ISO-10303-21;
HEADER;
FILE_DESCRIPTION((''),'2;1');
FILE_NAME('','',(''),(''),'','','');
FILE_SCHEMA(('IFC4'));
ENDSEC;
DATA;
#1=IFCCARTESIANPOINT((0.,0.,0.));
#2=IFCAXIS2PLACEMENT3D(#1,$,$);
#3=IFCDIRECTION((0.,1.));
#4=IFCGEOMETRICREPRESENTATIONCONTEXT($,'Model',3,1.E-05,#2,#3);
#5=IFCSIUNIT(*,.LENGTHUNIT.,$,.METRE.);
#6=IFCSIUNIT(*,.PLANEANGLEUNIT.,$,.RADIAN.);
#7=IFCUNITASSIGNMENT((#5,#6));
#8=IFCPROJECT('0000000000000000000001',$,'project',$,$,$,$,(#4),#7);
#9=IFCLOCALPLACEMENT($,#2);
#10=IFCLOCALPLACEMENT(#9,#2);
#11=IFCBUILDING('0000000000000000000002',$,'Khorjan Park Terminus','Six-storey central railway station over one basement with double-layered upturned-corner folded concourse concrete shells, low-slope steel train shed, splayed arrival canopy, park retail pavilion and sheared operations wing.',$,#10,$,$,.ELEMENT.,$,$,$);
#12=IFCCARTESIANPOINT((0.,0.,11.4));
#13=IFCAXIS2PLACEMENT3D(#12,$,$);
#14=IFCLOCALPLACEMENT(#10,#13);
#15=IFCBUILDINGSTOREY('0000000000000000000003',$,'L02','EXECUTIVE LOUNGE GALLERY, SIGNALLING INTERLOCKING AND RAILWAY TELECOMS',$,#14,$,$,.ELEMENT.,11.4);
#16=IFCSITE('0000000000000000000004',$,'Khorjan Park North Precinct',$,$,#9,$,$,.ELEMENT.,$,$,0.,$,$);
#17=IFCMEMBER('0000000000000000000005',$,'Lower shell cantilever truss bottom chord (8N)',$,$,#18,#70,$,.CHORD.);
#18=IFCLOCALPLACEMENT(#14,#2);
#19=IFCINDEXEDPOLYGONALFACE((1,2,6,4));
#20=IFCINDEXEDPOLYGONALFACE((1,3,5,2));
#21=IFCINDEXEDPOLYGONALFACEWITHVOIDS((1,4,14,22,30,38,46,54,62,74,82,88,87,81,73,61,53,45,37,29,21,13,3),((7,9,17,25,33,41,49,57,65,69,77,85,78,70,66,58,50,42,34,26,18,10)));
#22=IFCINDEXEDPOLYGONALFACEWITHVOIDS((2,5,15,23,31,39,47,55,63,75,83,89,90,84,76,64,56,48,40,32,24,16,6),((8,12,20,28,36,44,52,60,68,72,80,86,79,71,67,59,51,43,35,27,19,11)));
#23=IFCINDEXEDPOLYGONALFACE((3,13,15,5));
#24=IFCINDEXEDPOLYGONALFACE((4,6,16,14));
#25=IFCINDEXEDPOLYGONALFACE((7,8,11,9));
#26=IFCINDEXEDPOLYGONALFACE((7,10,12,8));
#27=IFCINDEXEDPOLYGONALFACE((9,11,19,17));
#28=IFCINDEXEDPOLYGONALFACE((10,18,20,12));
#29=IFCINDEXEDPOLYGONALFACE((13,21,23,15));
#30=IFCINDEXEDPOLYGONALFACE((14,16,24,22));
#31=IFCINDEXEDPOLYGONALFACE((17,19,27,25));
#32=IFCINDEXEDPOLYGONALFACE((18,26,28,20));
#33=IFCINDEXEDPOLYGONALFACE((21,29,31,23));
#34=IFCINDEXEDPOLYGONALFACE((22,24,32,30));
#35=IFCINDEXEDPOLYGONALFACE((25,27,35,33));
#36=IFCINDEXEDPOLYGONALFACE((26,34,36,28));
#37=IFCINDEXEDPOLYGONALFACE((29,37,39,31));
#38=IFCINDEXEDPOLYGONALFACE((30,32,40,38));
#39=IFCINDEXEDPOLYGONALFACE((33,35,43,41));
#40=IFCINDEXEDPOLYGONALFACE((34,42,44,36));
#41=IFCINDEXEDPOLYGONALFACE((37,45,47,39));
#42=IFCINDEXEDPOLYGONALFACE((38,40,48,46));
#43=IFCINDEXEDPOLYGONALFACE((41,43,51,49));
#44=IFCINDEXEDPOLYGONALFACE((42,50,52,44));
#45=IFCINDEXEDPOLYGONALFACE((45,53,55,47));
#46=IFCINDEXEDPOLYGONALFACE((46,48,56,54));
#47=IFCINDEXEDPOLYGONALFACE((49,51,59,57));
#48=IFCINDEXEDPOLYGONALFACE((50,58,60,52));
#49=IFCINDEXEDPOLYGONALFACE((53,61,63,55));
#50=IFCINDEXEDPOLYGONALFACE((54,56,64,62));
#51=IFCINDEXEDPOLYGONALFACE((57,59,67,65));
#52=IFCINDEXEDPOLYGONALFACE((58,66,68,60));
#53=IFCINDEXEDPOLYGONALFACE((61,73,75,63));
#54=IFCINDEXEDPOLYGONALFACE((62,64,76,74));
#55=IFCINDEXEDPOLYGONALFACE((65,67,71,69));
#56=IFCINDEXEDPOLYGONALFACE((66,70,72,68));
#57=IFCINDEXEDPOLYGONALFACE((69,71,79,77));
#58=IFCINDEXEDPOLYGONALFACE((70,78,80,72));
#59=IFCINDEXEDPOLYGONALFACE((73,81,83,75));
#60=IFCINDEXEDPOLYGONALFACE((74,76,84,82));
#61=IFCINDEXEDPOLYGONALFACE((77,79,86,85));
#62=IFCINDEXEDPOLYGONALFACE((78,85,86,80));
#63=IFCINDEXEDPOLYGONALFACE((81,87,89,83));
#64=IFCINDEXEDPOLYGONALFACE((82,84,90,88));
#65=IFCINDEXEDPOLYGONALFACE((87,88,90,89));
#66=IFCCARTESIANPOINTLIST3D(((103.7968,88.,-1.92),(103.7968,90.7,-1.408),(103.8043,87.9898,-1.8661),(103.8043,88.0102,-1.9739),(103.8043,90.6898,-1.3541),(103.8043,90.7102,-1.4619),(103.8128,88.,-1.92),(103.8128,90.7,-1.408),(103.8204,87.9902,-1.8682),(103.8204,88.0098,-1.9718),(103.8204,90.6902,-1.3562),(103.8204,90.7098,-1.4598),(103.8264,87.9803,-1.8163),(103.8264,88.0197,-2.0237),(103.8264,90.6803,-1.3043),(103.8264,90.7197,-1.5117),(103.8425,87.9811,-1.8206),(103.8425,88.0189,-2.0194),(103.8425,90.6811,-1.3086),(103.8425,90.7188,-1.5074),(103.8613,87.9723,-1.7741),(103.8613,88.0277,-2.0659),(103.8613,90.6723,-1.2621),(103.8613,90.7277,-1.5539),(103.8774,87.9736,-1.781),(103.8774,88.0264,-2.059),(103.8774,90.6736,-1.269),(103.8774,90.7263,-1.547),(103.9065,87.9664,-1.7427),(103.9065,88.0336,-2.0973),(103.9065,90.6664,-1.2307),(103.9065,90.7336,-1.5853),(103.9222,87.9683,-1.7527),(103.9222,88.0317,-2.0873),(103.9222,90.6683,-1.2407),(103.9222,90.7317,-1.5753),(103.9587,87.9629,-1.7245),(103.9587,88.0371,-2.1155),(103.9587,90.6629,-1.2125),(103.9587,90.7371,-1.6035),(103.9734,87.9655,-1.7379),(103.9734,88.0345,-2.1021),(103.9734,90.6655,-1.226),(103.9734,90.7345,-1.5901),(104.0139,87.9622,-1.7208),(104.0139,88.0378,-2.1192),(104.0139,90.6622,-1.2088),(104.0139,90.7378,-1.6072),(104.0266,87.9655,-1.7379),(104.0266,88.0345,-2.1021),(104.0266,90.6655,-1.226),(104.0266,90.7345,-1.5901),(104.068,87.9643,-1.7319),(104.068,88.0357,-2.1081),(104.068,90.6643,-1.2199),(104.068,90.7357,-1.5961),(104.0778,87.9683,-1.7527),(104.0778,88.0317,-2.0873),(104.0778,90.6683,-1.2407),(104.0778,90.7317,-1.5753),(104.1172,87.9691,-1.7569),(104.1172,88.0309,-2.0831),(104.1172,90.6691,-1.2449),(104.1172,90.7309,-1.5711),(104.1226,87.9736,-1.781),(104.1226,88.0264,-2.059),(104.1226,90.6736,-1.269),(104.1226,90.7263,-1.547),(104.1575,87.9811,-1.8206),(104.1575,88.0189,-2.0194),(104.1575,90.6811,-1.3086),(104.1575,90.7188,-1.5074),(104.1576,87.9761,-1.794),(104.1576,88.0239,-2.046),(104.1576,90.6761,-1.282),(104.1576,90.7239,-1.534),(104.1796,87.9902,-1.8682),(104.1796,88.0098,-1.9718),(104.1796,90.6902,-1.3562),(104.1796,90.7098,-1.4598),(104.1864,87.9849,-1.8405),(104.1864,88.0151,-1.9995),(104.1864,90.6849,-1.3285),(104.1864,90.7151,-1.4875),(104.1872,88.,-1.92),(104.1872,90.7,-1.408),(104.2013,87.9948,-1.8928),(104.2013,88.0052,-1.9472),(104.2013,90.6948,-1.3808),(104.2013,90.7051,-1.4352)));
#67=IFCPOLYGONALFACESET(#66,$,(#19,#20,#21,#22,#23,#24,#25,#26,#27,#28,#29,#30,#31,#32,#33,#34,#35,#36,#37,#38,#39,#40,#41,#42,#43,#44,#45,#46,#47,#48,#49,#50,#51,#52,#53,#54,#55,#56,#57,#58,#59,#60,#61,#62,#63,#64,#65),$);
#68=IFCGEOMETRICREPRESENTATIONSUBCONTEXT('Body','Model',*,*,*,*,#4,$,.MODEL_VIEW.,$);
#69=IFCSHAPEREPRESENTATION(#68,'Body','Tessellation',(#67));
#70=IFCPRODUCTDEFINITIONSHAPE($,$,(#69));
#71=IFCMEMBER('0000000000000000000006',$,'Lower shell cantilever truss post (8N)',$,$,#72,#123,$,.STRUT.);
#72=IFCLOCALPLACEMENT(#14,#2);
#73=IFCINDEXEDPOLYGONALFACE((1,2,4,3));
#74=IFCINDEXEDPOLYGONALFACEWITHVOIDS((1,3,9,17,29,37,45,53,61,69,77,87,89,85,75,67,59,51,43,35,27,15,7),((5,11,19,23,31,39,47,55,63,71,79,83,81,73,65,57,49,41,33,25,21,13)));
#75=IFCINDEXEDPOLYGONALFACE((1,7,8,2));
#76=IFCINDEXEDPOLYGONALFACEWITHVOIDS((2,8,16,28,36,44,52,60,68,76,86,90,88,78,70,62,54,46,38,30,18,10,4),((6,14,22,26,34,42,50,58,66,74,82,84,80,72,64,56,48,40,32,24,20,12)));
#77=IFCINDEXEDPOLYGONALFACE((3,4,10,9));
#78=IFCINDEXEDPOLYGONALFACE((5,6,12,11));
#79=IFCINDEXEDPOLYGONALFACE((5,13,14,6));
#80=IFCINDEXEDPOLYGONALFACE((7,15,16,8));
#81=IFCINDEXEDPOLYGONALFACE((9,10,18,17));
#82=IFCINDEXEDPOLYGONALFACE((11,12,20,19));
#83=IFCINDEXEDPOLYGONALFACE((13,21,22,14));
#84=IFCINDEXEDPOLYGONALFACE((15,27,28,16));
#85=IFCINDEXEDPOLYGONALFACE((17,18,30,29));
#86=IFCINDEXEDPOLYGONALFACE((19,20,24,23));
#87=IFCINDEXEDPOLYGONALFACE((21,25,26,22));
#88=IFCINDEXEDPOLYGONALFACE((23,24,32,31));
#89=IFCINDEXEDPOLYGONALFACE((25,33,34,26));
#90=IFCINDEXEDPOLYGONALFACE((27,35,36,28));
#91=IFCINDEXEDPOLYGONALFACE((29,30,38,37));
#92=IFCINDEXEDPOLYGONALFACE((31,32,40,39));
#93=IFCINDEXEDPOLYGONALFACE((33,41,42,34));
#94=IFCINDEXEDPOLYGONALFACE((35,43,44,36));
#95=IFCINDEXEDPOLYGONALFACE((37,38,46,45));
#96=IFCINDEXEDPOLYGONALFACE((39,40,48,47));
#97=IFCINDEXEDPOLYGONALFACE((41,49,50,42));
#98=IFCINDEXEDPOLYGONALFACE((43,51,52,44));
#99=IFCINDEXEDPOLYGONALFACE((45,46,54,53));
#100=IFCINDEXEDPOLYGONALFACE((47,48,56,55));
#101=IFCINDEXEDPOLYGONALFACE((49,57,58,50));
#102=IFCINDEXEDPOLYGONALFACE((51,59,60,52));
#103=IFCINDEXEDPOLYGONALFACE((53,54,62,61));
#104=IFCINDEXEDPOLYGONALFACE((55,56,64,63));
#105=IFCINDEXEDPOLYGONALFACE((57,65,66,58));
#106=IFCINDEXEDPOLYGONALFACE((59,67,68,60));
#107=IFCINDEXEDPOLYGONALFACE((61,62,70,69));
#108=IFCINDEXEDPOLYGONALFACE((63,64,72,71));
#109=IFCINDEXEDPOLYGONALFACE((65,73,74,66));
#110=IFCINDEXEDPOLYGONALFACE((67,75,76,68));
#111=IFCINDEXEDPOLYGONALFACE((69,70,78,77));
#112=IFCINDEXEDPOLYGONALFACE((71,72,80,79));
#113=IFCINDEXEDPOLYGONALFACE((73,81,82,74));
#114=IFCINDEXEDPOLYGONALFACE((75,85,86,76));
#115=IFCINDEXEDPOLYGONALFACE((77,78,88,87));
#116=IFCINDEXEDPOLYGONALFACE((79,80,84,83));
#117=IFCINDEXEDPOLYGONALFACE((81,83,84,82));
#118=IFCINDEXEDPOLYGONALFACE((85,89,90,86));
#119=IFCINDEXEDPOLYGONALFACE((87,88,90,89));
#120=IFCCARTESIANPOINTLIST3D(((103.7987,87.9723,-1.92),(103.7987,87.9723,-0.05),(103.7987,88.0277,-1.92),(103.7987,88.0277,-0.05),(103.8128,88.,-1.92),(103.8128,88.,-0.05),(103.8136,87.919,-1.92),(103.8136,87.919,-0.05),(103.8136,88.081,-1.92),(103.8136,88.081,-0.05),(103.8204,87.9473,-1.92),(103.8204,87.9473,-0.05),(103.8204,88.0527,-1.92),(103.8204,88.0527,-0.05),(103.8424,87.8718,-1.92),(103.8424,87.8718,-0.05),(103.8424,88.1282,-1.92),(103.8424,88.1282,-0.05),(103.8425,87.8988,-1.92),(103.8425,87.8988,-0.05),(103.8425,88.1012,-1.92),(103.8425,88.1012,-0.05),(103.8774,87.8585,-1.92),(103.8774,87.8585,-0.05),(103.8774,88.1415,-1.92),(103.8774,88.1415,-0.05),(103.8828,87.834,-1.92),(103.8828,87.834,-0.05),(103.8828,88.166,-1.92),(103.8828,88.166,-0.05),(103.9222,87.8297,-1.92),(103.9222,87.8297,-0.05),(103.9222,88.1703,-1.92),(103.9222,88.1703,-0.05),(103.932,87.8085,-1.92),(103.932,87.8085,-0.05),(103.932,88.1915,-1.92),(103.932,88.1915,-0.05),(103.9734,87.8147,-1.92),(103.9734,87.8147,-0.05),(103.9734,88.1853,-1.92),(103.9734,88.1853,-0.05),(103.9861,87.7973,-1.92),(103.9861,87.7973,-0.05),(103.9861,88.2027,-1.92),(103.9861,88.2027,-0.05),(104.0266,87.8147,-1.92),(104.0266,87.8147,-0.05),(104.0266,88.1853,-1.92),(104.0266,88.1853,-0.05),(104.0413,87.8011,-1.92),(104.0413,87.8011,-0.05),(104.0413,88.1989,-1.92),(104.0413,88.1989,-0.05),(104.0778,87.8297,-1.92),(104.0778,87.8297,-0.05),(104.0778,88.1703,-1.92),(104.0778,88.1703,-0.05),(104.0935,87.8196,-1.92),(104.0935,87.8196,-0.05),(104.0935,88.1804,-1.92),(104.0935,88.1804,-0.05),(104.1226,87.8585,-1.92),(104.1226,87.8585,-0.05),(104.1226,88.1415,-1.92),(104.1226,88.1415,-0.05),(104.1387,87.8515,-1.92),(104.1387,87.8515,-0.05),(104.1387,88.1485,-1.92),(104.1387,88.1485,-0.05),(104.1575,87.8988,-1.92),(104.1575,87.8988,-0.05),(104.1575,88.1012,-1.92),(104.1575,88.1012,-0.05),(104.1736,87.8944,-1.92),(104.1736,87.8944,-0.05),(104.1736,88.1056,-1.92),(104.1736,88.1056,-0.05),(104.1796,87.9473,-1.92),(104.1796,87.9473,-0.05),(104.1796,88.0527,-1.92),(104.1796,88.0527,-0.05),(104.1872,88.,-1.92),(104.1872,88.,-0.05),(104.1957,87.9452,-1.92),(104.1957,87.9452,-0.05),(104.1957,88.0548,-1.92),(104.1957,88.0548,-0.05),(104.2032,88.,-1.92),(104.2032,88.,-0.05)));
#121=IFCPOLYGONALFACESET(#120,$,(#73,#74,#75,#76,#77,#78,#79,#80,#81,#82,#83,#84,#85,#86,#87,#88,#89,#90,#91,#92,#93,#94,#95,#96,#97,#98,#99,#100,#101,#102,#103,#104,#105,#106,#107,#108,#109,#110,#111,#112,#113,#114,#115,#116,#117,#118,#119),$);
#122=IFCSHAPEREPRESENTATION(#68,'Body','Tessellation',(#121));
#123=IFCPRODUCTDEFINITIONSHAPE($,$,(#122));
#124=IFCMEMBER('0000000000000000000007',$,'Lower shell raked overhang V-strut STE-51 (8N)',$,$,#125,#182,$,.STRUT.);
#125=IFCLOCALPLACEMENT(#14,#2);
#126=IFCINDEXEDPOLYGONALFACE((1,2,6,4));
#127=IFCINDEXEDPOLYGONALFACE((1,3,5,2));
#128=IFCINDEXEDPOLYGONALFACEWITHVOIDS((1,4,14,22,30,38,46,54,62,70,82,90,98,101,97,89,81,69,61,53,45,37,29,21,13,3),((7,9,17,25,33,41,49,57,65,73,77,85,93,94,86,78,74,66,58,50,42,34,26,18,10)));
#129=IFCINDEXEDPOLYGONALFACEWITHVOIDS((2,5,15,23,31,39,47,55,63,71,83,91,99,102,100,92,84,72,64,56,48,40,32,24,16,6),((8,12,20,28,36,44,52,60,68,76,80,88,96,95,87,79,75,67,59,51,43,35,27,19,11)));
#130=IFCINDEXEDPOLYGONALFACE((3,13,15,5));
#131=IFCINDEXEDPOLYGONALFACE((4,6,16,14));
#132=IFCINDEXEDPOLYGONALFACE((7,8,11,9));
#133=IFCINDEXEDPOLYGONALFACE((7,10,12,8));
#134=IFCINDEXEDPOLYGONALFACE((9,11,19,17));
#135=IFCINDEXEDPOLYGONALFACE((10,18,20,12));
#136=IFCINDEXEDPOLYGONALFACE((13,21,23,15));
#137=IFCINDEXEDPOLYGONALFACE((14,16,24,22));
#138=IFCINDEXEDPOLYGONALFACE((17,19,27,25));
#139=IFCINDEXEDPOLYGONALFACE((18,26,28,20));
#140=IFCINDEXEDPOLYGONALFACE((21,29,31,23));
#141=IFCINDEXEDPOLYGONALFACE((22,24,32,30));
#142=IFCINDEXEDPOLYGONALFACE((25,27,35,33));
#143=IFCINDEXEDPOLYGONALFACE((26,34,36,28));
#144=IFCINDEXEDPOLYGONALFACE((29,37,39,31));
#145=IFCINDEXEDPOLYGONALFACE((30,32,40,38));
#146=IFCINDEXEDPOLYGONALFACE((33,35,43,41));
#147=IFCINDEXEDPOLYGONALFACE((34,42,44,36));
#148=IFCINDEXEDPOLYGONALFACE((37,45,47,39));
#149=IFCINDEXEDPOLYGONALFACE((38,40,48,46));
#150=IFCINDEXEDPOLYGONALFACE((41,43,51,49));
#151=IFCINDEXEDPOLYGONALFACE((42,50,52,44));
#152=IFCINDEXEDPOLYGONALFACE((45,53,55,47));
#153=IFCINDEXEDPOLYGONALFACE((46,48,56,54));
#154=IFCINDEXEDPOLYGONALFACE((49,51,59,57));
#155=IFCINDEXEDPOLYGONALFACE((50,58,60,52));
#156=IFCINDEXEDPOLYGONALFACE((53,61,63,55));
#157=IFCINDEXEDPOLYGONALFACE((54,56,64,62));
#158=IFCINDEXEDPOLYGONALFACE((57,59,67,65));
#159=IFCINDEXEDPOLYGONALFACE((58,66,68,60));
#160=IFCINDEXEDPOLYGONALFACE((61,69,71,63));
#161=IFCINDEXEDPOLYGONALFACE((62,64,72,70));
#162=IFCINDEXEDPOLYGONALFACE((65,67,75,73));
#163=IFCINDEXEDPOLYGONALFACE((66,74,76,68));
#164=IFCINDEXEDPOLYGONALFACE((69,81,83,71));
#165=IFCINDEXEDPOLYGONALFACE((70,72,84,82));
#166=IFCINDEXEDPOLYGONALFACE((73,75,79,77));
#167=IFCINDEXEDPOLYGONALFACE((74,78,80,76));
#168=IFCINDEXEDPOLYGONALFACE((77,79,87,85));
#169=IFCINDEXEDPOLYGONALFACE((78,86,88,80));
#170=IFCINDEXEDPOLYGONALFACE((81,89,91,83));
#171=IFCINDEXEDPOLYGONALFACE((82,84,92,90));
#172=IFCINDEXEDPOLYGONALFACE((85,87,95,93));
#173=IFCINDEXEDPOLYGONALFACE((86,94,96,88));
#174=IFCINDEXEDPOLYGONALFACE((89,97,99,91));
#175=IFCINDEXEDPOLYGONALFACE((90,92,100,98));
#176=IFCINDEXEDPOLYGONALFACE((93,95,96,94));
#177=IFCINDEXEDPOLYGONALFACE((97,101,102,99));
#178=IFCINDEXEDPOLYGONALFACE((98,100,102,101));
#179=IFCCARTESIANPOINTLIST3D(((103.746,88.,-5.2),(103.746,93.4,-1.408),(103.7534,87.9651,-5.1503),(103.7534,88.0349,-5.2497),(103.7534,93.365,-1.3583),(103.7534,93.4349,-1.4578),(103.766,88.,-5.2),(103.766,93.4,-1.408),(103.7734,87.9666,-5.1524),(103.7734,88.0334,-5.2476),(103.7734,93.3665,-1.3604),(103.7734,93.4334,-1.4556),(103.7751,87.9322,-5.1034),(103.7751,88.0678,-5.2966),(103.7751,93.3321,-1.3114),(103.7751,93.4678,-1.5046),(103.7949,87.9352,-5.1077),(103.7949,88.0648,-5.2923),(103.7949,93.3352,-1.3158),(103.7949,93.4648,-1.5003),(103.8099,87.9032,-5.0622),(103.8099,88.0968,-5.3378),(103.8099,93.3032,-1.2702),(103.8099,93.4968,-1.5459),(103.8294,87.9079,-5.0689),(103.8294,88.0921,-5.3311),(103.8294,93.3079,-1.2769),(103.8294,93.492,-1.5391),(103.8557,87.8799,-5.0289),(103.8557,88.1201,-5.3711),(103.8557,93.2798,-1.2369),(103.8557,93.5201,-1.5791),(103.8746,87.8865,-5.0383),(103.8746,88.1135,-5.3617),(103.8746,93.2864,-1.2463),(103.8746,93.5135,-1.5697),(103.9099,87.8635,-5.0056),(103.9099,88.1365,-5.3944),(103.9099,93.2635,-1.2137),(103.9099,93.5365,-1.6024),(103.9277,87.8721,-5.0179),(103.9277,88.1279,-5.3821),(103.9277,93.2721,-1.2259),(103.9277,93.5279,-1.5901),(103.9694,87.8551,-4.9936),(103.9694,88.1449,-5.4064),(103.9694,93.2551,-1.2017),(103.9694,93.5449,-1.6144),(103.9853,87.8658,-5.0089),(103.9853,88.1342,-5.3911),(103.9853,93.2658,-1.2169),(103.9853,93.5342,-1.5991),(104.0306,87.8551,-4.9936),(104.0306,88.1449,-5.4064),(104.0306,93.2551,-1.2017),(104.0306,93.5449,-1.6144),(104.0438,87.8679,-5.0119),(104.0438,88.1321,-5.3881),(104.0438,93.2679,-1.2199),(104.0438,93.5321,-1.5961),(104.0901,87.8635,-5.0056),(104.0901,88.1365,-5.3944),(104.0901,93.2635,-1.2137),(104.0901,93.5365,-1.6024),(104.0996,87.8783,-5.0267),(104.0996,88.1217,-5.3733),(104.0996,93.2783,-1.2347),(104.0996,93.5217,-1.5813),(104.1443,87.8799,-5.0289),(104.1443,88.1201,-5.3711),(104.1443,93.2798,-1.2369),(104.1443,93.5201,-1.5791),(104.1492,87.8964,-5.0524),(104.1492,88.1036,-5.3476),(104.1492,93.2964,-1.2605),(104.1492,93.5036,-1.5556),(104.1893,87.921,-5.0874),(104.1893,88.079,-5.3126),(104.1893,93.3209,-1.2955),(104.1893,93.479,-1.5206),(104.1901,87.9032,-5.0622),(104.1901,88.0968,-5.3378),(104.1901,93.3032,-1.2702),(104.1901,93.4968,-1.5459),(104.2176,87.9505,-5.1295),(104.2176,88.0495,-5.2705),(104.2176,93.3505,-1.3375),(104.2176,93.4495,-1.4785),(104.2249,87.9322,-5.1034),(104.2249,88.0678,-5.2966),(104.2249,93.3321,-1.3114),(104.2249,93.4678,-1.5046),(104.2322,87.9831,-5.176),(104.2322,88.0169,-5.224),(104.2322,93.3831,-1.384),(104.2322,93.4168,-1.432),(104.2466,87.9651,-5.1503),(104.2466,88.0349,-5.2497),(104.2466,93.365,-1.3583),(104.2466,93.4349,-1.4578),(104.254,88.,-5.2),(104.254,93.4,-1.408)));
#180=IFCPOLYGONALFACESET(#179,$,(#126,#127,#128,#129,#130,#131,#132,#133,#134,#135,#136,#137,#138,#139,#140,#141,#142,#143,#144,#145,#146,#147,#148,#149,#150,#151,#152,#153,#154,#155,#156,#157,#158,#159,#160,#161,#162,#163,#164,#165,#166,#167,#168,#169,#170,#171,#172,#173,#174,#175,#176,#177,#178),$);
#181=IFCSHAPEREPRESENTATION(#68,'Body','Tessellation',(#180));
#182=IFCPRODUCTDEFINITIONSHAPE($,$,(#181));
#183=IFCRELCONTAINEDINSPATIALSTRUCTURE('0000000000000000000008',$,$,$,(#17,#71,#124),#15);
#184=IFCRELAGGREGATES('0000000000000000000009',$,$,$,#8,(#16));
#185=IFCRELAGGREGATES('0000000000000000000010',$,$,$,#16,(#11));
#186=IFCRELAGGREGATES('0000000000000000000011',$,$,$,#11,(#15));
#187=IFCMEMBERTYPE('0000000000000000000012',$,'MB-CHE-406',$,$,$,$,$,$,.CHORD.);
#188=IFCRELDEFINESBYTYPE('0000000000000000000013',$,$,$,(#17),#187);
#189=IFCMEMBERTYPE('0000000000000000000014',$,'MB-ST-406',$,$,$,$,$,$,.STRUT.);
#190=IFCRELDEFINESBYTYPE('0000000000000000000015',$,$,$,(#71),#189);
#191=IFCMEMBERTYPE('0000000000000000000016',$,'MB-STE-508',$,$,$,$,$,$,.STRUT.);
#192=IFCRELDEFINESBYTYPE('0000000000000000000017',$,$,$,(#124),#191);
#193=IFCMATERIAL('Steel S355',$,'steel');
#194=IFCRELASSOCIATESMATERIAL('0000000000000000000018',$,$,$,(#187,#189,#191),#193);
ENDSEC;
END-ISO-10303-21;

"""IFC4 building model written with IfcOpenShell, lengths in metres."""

from ifc_helpers import new_model, si_unit, direction, frame, origin, origin_2d, place, context, subcontext, project, spatial, hollow_circle, extrude, material, material_profile, profile_set, type_object, element, save


model = new_model("IFC4")

# Units and contexts
model_context = context("Model", 3, precision=1e-05, world=origin(), true_north=direction((0.0, 1.0)))
body_context = subcontext(model_context, "Body", "Model", "MODEL_VIEW")
ifc_project = project(units=[si_unit("LENGTHUNIT", "METRE"), si_unit("PLANEANGLEUNIT", "RADIAN")], contexts=[model_context])

# Site, building, storey
site_placement = place(None, origin())
site = spatial("IfcSite", under=ifc_project, at=site_placement, Name="Khorjan Park North Precinct", CompositionType="ELEMENT", RefElevation=0.0)
building_placement = place(site_placement, origin())
building = spatial("IfcBuilding", under=site, at=building_placement, Name="Khorjan Park Terminus", Description="Six-storey central railway station over one basement with double-layered upturned-corner folded concourse concrete shells, low-slope steel train shed, splayed arrival canopy, park retail pavilion and sheared operations wing.", CompositionType="ELEMENT")
storey_placement = place(building_placement, frame((0.0, 0.0, 11.4)))
storey = spatial("IfcBuildingStorey", under=building, at=storey_placement, Name="L02", Description="EXECUTIVE LOUNGE GALLERY, SIGNALLING INTERLOCKING AND RAILWAY TELECOMS", CompositionType="ELEMENT", Elevation=11.4)

# Members
ifc_material_1 = material(Name="Steel S355", Category="steel")
ifc_material_profile_1 = material_profile(ifc_material_1, hollow_circle(Radius=0.2032, WallThickness=0.016, at=origin_2d()), Name="CHS 406.4x16")
ifc_profile_set_1 = profile_set([ifc_material_profile_1], Name="Steel S355")
member_type_1 = type_object("IfcMemberType", Name="MB-CHE-406", PredefinedType="CHORD", material=ifc_profile_set_1)
member_1_placement = place(storey_placement, frame((104.0, 88.0, -1.92), z_axis=(0.0, 0.982491, 0.186309), x_axis=(-1.0, 0.0, 0.0)))
element("IfcMember", 1, at=member_1_placement, inside=storey, type_object=member_type_1, Name="Lower shell cantilever truss bottom chord (8N)", PredefinedType="CHORD", context=body_context, shape_type="SweptSolid", body=[
    extrude(hollow_circle(Radius=0.2032, WallThickness=0.016, at=origin_2d()), origin(), (0.0, 0.0, 1.0), 2.7481),
])
ifc_material_profile_2 = material_profile(ifc_material_1, hollow_circle(Radius=0.2032, WallThickness=0.016, at=origin_2d()), Name="CHS 406.4x16")
ifc_profile_set_2 = profile_set([ifc_material_profile_2], Name="Steel S355")
member_type_2 = type_object("IfcMemberType", Name="MB-ST-406", PredefinedType="STRUT", material=ifc_profile_set_2)
member_2_placement = place(storey_placement, frame((104.0, 88.0, -1.92), z_axis=(0.0, 0.0, 1.0), x_axis=(1.0, 0.0, 0.0)))
element("IfcMember", 2, at=member_2_placement, inside=storey, type_object=member_type_2, Name="Lower shell cantilever truss post (8N)", PredefinedType="STRUT", context=body_context, shape_type="SweptSolid", body=[
    extrude(hollow_circle(Radius=0.2032, WallThickness=0.016, at=origin_2d()), origin(), (0.0, 0.0, 1.0), 1.87),
])
ifc_material_profile_3 = material_profile(ifc_material_1, hollow_circle(Radius=0.254, WallThickness=0.02, at=origin_2d()), Name="CHS 508x20")
ifc_profile_set_3 = profile_set([ifc_material_profile_3], Name="Steel S355")
member_type_3 = type_object("IfcMemberType", Name="MB-STE-508", PredefinedType="STRUT", material=ifc_profile_set_3)
member_3_placement = place(storey_placement, frame((104.0, 88.0, -5.2), z_axis=(0.0, 0.818377, 0.574682), x_axis=(-1.0, 0.0, 0.0)))
element("IfcMember", 3, at=member_3_placement, inside=storey, type_object=member_type_3, Name="Lower shell raked overhang V-strut STE-51 (8N)", PredefinedType="STRUT", context=body_context, shape_type="SweptSolid", body=[
    extrude(hollow_circle(Radius=0.254, WallThickness=0.02, at=origin_2d()), origin(), (0.0, 0.0, 1.0), 6.5984),
])

save(model, "model.ifc")
